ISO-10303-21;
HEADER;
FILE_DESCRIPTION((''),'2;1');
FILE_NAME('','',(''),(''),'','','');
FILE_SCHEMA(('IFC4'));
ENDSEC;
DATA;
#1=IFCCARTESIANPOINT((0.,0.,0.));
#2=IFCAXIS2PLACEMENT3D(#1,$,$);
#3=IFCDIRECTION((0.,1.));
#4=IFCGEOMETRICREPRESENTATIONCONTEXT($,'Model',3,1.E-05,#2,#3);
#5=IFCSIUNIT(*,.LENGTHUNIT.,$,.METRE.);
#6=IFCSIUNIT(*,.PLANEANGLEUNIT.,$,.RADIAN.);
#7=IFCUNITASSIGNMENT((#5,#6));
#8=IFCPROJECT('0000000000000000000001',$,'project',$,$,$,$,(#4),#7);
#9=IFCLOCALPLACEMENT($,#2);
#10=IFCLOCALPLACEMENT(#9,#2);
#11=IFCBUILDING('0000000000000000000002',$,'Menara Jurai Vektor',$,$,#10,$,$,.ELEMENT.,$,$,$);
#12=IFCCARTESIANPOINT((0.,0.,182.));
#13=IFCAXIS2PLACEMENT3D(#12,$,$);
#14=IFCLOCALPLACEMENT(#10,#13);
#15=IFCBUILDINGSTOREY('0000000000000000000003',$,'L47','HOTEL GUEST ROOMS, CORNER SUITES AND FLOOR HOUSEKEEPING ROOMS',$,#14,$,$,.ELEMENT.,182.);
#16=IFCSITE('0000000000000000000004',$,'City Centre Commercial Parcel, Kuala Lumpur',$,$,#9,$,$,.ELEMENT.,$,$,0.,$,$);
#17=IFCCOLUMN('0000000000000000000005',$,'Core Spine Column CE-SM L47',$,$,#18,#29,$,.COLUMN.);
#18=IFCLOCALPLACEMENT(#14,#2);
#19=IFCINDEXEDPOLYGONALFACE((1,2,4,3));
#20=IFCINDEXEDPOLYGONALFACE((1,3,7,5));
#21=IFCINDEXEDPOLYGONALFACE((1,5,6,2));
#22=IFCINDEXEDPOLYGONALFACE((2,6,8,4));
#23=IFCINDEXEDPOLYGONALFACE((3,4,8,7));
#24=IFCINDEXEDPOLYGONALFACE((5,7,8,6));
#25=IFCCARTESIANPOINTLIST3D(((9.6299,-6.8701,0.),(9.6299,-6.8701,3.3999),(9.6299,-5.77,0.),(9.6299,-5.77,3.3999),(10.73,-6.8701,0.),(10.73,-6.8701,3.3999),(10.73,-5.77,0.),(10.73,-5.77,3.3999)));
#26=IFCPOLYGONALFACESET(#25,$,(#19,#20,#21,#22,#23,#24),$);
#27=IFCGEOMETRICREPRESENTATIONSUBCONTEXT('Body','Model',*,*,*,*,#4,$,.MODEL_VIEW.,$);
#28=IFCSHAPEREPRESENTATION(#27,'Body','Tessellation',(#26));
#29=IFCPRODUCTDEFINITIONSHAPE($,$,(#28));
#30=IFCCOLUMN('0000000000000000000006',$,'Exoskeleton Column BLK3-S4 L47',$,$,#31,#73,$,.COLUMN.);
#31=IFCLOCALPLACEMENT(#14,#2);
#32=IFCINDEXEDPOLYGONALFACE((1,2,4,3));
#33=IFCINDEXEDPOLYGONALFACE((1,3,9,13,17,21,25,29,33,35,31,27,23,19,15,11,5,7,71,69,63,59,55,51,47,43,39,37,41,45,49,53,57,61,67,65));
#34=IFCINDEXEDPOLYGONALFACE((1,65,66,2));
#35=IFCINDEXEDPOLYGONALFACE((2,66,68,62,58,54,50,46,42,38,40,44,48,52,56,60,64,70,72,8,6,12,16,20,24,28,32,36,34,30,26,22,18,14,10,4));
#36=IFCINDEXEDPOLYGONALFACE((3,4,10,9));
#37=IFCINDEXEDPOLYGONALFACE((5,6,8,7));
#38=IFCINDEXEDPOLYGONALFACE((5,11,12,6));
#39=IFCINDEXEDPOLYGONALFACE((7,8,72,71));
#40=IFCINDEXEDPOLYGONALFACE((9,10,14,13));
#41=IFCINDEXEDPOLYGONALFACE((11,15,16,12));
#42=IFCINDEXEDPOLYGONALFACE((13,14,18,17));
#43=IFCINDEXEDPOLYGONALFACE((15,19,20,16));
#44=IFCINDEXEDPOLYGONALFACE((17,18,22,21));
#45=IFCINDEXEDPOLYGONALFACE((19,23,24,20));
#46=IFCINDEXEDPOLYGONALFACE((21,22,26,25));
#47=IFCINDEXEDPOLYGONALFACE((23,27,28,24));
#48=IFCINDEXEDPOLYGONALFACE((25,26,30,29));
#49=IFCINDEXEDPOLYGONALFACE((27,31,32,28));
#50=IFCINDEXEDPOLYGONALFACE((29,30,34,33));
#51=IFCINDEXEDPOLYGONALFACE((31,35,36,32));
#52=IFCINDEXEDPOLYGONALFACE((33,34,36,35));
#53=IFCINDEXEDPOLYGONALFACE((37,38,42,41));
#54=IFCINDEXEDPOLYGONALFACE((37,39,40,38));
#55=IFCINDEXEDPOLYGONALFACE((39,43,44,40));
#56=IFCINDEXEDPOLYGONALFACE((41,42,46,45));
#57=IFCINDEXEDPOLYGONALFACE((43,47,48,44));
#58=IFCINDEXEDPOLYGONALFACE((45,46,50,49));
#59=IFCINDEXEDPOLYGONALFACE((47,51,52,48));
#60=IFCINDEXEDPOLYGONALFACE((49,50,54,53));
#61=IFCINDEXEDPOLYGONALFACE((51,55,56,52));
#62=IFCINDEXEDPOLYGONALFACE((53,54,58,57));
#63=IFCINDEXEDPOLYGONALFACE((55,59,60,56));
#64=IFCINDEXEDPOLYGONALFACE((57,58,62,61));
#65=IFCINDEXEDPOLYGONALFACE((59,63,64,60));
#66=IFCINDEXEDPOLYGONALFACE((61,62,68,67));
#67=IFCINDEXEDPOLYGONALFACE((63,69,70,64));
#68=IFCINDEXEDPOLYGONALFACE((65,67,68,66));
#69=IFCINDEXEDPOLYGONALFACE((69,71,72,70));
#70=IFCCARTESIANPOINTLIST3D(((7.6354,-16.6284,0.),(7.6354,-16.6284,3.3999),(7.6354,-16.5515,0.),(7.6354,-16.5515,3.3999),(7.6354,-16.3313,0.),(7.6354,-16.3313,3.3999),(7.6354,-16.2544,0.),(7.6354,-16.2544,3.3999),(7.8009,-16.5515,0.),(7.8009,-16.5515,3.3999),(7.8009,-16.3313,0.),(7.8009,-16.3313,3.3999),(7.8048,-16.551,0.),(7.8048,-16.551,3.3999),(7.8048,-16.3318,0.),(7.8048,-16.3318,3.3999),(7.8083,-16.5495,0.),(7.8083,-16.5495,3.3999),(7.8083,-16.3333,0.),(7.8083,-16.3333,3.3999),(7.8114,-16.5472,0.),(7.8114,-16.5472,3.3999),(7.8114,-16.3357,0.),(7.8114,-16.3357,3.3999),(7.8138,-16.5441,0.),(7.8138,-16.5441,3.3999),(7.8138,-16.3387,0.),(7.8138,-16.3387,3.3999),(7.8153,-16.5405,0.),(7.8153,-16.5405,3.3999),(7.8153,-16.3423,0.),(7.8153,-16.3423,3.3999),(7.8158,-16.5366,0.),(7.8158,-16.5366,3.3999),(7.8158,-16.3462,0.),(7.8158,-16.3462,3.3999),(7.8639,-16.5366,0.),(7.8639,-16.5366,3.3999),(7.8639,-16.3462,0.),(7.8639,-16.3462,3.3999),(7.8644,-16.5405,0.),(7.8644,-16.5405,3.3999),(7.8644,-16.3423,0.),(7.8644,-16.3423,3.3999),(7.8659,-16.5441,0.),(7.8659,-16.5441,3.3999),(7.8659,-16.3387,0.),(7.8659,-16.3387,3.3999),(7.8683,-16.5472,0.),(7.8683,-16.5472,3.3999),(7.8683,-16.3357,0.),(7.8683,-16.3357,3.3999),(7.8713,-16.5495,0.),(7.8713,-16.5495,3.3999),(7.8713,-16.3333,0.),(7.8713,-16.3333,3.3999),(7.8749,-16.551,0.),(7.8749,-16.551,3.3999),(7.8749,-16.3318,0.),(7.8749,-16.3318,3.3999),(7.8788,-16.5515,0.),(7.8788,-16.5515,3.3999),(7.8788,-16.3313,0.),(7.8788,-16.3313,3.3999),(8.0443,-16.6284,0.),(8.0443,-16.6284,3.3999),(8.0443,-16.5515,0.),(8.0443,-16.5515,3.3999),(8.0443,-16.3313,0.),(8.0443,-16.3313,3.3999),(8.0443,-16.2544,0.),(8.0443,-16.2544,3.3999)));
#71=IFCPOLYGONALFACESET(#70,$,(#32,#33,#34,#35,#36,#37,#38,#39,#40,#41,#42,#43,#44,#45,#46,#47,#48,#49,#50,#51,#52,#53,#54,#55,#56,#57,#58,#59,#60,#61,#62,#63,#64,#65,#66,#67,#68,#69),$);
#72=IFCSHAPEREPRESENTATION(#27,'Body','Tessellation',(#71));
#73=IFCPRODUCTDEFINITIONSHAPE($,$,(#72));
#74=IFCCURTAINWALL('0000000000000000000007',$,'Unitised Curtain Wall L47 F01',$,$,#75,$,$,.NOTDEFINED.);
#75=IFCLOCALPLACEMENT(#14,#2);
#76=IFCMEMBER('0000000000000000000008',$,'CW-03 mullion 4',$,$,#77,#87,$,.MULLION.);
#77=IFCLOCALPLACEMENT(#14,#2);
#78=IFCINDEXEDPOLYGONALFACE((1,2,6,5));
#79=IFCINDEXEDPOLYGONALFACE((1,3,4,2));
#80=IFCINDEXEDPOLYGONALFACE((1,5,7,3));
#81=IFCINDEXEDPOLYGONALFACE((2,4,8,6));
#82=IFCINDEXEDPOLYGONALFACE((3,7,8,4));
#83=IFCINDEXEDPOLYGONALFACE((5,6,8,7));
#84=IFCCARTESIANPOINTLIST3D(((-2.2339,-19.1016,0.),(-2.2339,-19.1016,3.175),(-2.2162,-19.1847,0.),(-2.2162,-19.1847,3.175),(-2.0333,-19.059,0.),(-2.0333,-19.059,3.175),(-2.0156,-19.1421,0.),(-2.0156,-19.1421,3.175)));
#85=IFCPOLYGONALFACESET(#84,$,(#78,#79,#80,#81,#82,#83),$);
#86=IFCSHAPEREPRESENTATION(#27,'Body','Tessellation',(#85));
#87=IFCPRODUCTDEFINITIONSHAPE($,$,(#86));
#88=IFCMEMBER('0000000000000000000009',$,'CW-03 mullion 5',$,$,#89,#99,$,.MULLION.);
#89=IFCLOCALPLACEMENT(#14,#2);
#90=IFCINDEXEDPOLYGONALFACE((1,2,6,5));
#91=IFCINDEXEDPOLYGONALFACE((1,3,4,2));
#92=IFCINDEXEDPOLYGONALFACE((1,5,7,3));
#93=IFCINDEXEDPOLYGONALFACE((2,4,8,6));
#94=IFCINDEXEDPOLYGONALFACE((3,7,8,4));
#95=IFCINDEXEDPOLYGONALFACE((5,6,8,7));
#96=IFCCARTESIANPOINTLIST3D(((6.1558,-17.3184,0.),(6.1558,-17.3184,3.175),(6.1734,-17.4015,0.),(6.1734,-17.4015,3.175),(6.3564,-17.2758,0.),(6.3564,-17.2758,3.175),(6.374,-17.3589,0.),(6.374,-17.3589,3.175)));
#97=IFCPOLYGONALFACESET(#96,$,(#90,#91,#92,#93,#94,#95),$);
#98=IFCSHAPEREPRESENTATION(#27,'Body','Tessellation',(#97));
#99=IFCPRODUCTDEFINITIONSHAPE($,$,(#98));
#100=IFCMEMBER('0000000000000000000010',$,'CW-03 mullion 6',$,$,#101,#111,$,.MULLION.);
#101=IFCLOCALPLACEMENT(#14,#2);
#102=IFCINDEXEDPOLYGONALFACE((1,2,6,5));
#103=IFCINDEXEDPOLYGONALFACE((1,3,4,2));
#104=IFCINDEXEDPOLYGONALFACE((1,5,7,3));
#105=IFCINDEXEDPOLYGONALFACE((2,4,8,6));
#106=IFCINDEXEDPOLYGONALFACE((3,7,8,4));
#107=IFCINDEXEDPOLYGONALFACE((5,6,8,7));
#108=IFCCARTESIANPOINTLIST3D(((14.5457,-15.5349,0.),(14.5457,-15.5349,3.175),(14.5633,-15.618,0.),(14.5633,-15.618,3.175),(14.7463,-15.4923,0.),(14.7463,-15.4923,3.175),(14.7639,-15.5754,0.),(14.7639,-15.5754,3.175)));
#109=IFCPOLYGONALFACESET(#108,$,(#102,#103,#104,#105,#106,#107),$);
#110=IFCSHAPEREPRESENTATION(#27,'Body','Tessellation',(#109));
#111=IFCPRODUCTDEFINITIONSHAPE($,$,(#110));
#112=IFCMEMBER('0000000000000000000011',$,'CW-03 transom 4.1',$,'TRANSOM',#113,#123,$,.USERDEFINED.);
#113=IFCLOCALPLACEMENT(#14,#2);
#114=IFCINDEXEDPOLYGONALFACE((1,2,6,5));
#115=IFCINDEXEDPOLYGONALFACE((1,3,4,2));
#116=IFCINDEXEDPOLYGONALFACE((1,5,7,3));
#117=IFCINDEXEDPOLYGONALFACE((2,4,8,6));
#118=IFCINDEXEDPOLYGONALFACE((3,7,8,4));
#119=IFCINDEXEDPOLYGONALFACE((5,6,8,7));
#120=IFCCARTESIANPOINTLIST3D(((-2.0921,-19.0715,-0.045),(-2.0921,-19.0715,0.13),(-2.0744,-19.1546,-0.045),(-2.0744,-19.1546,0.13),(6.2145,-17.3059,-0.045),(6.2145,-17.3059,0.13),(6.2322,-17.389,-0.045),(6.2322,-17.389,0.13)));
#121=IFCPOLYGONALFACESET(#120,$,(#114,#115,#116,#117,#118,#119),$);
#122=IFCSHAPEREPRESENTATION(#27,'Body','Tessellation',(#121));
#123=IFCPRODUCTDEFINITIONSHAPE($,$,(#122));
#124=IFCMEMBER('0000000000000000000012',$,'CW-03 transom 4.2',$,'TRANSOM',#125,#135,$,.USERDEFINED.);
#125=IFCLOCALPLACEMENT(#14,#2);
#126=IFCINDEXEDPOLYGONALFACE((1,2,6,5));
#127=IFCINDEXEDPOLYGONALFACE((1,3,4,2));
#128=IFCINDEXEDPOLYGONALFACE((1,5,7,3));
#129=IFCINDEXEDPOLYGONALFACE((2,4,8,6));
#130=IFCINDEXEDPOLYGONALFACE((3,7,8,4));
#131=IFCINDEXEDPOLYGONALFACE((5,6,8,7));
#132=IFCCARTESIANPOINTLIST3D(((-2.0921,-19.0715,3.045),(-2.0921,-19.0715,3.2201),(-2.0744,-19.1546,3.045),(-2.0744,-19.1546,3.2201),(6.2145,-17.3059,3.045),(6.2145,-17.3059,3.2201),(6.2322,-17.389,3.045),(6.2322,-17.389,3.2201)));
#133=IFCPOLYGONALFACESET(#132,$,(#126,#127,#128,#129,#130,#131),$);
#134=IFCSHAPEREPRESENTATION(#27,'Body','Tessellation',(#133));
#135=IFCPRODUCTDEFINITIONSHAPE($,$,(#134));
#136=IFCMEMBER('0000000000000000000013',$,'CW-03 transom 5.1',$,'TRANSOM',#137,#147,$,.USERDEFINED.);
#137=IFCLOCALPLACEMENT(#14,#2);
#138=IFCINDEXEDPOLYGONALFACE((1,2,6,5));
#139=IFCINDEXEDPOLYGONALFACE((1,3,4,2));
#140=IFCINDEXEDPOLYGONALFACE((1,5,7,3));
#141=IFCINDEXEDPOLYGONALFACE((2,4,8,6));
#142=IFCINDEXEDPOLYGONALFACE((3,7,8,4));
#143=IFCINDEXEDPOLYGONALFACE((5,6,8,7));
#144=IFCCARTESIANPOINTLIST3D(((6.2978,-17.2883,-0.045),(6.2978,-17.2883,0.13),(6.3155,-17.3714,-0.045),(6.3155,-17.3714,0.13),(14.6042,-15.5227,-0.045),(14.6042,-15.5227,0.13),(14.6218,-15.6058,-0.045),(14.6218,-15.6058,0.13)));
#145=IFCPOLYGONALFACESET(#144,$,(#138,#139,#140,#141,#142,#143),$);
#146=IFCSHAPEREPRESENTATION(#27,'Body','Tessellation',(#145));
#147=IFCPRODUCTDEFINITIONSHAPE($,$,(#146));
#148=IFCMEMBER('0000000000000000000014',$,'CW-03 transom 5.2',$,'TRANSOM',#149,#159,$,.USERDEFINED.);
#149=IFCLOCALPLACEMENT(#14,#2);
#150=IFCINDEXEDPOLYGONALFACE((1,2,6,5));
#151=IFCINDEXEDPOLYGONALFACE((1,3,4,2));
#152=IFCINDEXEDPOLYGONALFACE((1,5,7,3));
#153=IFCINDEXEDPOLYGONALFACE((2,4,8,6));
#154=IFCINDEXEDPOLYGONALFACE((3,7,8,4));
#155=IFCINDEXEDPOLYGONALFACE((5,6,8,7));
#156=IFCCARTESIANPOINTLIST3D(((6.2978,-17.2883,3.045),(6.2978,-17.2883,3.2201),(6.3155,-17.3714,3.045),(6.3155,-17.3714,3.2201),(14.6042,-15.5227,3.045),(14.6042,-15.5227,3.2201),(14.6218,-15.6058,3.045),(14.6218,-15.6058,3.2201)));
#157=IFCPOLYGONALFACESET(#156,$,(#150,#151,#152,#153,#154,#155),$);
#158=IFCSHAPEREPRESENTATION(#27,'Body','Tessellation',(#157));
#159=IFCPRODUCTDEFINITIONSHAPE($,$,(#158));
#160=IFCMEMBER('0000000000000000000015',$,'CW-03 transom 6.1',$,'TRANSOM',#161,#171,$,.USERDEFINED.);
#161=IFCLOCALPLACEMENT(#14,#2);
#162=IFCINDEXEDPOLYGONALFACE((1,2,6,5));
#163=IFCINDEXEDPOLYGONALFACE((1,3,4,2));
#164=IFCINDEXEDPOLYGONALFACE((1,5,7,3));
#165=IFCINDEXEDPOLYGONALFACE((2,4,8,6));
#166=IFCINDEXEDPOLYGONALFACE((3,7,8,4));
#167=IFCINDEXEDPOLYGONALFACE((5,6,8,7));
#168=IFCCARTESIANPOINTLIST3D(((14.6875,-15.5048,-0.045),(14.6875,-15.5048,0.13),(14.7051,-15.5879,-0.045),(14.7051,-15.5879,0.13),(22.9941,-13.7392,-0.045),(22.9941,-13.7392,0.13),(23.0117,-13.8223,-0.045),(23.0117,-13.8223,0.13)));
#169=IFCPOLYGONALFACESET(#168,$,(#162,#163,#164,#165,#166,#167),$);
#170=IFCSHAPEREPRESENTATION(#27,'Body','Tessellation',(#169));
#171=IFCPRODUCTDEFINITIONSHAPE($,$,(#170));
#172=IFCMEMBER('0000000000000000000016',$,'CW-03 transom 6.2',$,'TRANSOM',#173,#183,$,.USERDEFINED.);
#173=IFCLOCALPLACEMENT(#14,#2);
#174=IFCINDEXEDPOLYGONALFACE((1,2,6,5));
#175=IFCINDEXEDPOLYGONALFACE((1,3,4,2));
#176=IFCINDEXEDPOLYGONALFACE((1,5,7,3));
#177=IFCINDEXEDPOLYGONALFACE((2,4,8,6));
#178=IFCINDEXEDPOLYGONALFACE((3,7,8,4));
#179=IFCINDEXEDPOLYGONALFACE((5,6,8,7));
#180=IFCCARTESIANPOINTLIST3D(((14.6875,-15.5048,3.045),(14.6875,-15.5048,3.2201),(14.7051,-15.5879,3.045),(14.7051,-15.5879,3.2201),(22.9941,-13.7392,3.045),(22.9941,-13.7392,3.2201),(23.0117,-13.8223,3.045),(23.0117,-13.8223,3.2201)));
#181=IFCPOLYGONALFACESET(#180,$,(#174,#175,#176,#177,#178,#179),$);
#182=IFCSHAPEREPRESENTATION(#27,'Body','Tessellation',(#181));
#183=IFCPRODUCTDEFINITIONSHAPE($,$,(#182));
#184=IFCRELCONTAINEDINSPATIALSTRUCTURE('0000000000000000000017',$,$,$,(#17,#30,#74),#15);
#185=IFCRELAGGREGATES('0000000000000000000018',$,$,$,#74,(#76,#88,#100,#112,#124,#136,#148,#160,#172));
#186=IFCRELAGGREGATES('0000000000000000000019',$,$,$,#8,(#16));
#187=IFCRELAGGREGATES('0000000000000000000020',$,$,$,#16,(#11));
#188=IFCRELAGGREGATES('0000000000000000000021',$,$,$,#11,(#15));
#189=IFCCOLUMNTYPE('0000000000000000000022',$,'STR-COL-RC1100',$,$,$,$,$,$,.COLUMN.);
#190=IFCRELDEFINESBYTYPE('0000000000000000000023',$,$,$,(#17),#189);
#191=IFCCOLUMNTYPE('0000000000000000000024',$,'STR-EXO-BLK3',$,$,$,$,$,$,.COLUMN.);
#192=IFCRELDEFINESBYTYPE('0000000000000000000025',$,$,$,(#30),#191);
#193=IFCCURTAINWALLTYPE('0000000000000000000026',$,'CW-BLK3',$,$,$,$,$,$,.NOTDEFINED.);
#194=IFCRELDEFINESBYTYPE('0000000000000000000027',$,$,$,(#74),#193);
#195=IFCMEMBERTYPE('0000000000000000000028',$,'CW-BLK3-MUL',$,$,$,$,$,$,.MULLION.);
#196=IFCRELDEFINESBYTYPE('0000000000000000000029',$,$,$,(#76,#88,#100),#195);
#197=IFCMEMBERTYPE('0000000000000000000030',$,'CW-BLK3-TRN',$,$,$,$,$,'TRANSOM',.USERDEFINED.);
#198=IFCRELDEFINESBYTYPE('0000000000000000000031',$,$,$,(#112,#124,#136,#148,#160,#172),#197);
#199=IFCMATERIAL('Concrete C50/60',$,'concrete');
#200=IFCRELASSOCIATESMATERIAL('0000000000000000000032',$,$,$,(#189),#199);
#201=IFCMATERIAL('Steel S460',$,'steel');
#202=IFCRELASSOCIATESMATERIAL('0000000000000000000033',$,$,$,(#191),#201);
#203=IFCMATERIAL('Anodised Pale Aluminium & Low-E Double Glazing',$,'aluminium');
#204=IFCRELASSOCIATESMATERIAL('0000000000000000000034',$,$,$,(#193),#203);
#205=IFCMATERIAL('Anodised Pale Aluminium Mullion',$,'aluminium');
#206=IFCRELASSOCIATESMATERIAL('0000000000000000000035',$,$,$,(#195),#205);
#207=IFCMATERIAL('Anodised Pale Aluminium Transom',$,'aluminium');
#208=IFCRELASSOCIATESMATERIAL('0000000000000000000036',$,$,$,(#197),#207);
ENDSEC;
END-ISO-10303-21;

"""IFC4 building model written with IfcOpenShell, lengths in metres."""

from ifc_helpers import new_model, si_unit, direction, frame, origin, origin_2d, place, context, subcontext, project, spatial, rectangle, i_section, extrude, material, material_profile, profile_set, type_object, element, aggregate, save


model = new_model("IFC4")

# Units and contexts
model_context = context("Model", 3, precision=1e-05, world=origin(), true_north=direction((0.0, 1.0)))
body_context = subcontext(model_context, "Body", "Model", "MODEL_VIEW")
ifc_project = project(units=[si_unit("LENGTHUNIT", "METRE"), si_unit("PLANEANGLEUNIT", "RADIAN")], contexts=[model_context])

# Site, building, storey
site_placement = place(None, origin())
site = spatial("IfcSite", under=ifc_project, at=site_placement, Name="City Centre Commercial Parcel, Kuala Lumpur", CompositionType="ELEMENT", RefElevation=0.0)
building_placement = place(site_placement, origin())
building = spatial("IfcBuilding", under=site, at=building_placement, Name="Menara Jurai Vektor", CompositionType="ELEMENT")
storey_placement = place(building_placement, frame((0.0, 0.0, 182.0)))
storey = spatial("IfcBuildingStorey", under=building, at=storey_placement, Name="L47", Description="HOTEL GUEST ROOMS, CORNER SUITES AND FLOOR HOUSEKEEPING ROOMS", CompositionType="ELEMENT", Elevation=182.0)

# Columns
ifc_material_1 = material(Name="Concrete C50/60", Category="concrete")
ifc_material_profile_1 = material_profile(ifc_material_1, rectangle(XDim=1.1001, YDim=1.1001, at=origin_2d()), Name="RC 1100x1100")
ifc_profile_set_1 = profile_set([ifc_material_profile_1], Name="Concrete C50/60")
column_type_1 = type_object("IfcColumnType", Name="STR-COL-RC1100", PredefinedType="COLUMN", material=ifc_profile_set_1)
column_1_placement = place(storey_placement, frame((10.1799, -6.3201, 0.0), z_axis=(0.0, 0.0, 1.0), x_axis=(1.0, 0.0, 0.0)))
element("IfcColumn", 1, at=column_1_placement, inside=storey, type_object=column_type_1, Name="Core Spine Column CE-SM L47", PredefinedType="COLUMN", context=body_context, shape_type="SweptSolid", body=[
    extrude(rectangle(XDim=1.1001, YDim=1.1001, at=origin_2d()), origin(), (0.0, 0.0, 1.0), 3.3999),
])
ifc_material_2 = material(Name="Steel S460", Category="steel")
ifc_material_profile_2 = material_profile(ifc_material_2, i_section(OverallWidth=0.4089, OverallDepth=0.374, WebThickness=0.0481, FlangeThickness=0.0769, FilletRadius=0.0149, at=origin_2d()), Name="HD 400x634")
ifc_profile_set_2 = profile_set([ifc_material_profile_2], Name="Steel S460")
column_type_2 = type_object("IfcColumnType", Name="STR-EXO-BLK3", PredefinedType="COLUMN", material=ifc_profile_set_2)
column_2_placement = place(storey_placement, frame((7.8398, -16.4414, 0.0), z_axis=(0.0, 0.0, 1.0), x_axis=(1.0, 0.0, 0.0)))
element("IfcColumn", 2, at=column_2_placement, inside=storey, type_object=column_type_2, Name="Exoskeleton Column BLK3-S4 L47", PredefinedType="COLUMN", context=body_context, shape_type="SweptSolid", body=[
    extrude(i_section(OverallWidth=0.4089, OverallDepth=0.374, WebThickness=0.0481, FlangeThickness=0.0769, FilletRadius=0.0149, at=origin_2d()), origin(), (0.0, 0.0, 1.0), 3.3999),
])

# Curtain wall, members
ifc_material_3 = material(Name="Anodised Pale Aluminium & Low-E Double Glazing", Category="aluminium")
curtain_wall_type = type_object("IfcCurtainWallType", Name="CW-BLK3", PredefinedType="NOTDEFINED", material=ifc_material_3)
curtain_wall_placement = place(storey_placement, origin())
curtain_wall = element("IfcCurtainWall", 3, at=curtain_wall_placement, inside=storey, type_object=curtain_wall_type, Name="Unitised Curtain Wall L47 F01", PredefinedType="NOTDEFINED")
ifc_material_4 = material(Name="Anodised Pale Aluminium Mullion", Category="aluminium")
ifc_material_profile_3 = material_profile(ifc_material_4, rectangle(XDim=0.085, YDim=0.2051, at=origin_2d()), Name="ALU MUL 85x205")
ifc_profile_set_3 = profile_set([ifc_material_profile_3], Name="Anodised Pale Aluminium Mullion")
member_type_1 = type_object("IfcMemberType", Name="CW-BLK3-MUL", PredefinedType="MULLION", material=ifc_profile_set_3)
member_1_placement = place(storey_placement, frame((-2.1248, -19.1218, 0.0), z_axis=(0.0, 0.0, 1.0), x_axis=(-0.207911, 0.978148, 0.0)))
member_1 = element("IfcMember", 4, at=member_1_placement, type_object=member_type_1, Name="CW-03 mullion 4", PredefinedType="MULLION", context=body_context, shape_type="SweptSolid", body=[
    extrude(rectangle(XDim=0.085, YDim=0.2051, at=origin_2d()), origin(), (0.0, 0.0, 1.0), 3.175),
])
member_2_placement = place(storey_placement, frame((6.2649, -17.3386, 0.0), z_axis=(0.0, 0.0, 1.0), x_axis=(-0.207911, 0.978148, 0.0)))
member_2 = element("IfcMember", 5, at=member_2_placement, type_object=member_type_1, Name="CW-03 mullion 5", PredefinedType="MULLION", context=body_context, shape_type="SweptSolid", body=[
    extrude(rectangle(XDim=0.085, YDim=0.2051, at=origin_2d()), origin(), (0.0, 0.0, 1.0), 3.175),
])
member_3_placement = place(storey_placement, frame((14.6548, -15.5552, 0.0), z_axis=(0.0, 0.0, 1.0), x_axis=(-0.207911, 0.978148, 0.0)))
member_3 = element("IfcMember", 6, at=member_3_placement, type_object=member_type_1, Name="CW-03 mullion 6", PredefinedType="MULLION", context=body_context, shape_type="SweptSolid", body=[
    extrude(rectangle(XDim=0.085, YDim=0.2051, at=origin_2d()), origin(), (0.0, 0.0, 1.0), 3.175),
])
ifc_material_5 = material(Name="Anodised Pale Aluminium Transom", Category="aluminium")
ifc_material_profile_4 = material_profile(ifc_material_5, rectangle(XDim=0.085, YDim=0.175, at=origin_2d()), Name="ALU TRN 85x175")
ifc_profile_set_4 = profile_set([ifc_material_profile_4], Name="Anodised Pale Aluminium Transom")
member_type_2 = type_object("IfcMemberType", Name="CW-BLK3-TRN", ElementType="TRANSOM", PredefinedType="USERDEFINED", material=ifc_profile_set_4)
member_4_placement = place(storey_placement, frame((-2.0833, -19.113, 0.0425), z_axis=(0.978148, 0.207911, 0.0), x_axis=(-0.207911, 0.978148, 0.0)))
member_4 = element("IfcMember", 7, at=member_4_placement, type_object=member_type_2, Name="CW-03 transom 4.1", ObjectType="TRANSOM", PredefinedType="USERDEFINED", context=body_context, shape_type="SweptSolid", body=[
    extrude(rectangle(XDim=0.085, YDim=0.175, at=origin_2d()), origin(), (0.0, 0.0, 1.0), 8.4922),
])
member_5_placement = place(storey_placement, frame((-2.0833, -19.113, 3.1326), z_axis=(0.978148, 0.207911, 0.0), x_axis=(-0.207911, 0.978148, 0.0)))
member_5 = element("IfcMember", 8, at=member_5_placement, type_object=member_type_2, Name="CW-03 transom 4.2", ObjectType="TRANSOM", PredefinedType="USERDEFINED", context=body_context, shape_type="SweptSolid", body=[
    extrude(rectangle(XDim=0.085, YDim=0.175, at=origin_2d()), origin(), (0.0, 0.0, 1.0), 8.4922),
])
member_6_placement = place(storey_placement, frame((6.3066, -17.3298, 0.0425), z_axis=(0.978147, 0.207917, 0.0), x_axis=(-0.207917, 0.978147, 0.0)))
member_6 = element("IfcMember", 9, at=member_6_placement, type_object=member_type_2, Name="CW-03 transom 5.1", ObjectType="TRANSOM", PredefinedType="USERDEFINED", context=body_context, shape_type="SweptSolid", body=[
    extrude(rectangle(XDim=0.085, YDim=0.175, at=origin_2d()), origin(), (0.0, 0.0, 1.0), 8.4919),
])
member_7_placement = place(storey_placement, frame((6.3066, -17.3298, 3.1326), z_axis=(0.978147, 0.207917, 0.0), x_axis=(-0.207917, 0.978147, 0.0)))
member_7 = element("IfcMember", 10, at=member_7_placement, type_object=member_type_2, Name="CW-03 transom 5.2", ObjectType="TRANSOM", PredefinedType="USERDEFINED", context=body_context, shape_type="SweptSolid", body=[
    extrude(rectangle(XDim=0.085, YDim=0.175, at=origin_2d()), origin(), (0.0, 0.0, 1.0), 8.4919),
])
member_8_placement = place(storey_placement, frame((14.6963, -15.5464, 0.0425), z_axis=(0.978148, 0.207911, 0.0), x_axis=(-0.207911, 0.978148, 0.0)))
member_8 = element("IfcMember", 11, at=member_8_placement, type_object=member_type_2, Name="CW-03 transom 6.1", ObjectType="TRANSOM", PredefinedType="USERDEFINED", context=body_context, shape_type="SweptSolid", body=[
    extrude(rectangle(XDim=0.085, YDim=0.175, at=origin_2d()), origin(), (0.0, 0.0, 1.0), 8.4922),
])
member_9_placement = place(storey_placement, frame((14.6963, -15.5464, 3.1326), z_axis=(0.978148, 0.207911, 0.0), x_axis=(-0.207911, 0.978148, 0.0)))
member_9 = element("IfcMember", 12, at=member_9_placement, type_object=member_type_2, Name="CW-03 transom 6.2", ObjectType="TRANSOM", PredefinedType="USERDEFINED", context=body_context, shape_type="SweptSolid", body=[
    extrude(rectangle(XDim=0.085, YDim=0.175, at=origin_2d()), origin(), (0.0, 0.0, 1.0), 8.4922),
])

aggregate(curtain_wall, [member_1, member_2, member_3, member_4, member_5, member_6, member_7, member_8, member_9])

save(model, "model.ifc")
